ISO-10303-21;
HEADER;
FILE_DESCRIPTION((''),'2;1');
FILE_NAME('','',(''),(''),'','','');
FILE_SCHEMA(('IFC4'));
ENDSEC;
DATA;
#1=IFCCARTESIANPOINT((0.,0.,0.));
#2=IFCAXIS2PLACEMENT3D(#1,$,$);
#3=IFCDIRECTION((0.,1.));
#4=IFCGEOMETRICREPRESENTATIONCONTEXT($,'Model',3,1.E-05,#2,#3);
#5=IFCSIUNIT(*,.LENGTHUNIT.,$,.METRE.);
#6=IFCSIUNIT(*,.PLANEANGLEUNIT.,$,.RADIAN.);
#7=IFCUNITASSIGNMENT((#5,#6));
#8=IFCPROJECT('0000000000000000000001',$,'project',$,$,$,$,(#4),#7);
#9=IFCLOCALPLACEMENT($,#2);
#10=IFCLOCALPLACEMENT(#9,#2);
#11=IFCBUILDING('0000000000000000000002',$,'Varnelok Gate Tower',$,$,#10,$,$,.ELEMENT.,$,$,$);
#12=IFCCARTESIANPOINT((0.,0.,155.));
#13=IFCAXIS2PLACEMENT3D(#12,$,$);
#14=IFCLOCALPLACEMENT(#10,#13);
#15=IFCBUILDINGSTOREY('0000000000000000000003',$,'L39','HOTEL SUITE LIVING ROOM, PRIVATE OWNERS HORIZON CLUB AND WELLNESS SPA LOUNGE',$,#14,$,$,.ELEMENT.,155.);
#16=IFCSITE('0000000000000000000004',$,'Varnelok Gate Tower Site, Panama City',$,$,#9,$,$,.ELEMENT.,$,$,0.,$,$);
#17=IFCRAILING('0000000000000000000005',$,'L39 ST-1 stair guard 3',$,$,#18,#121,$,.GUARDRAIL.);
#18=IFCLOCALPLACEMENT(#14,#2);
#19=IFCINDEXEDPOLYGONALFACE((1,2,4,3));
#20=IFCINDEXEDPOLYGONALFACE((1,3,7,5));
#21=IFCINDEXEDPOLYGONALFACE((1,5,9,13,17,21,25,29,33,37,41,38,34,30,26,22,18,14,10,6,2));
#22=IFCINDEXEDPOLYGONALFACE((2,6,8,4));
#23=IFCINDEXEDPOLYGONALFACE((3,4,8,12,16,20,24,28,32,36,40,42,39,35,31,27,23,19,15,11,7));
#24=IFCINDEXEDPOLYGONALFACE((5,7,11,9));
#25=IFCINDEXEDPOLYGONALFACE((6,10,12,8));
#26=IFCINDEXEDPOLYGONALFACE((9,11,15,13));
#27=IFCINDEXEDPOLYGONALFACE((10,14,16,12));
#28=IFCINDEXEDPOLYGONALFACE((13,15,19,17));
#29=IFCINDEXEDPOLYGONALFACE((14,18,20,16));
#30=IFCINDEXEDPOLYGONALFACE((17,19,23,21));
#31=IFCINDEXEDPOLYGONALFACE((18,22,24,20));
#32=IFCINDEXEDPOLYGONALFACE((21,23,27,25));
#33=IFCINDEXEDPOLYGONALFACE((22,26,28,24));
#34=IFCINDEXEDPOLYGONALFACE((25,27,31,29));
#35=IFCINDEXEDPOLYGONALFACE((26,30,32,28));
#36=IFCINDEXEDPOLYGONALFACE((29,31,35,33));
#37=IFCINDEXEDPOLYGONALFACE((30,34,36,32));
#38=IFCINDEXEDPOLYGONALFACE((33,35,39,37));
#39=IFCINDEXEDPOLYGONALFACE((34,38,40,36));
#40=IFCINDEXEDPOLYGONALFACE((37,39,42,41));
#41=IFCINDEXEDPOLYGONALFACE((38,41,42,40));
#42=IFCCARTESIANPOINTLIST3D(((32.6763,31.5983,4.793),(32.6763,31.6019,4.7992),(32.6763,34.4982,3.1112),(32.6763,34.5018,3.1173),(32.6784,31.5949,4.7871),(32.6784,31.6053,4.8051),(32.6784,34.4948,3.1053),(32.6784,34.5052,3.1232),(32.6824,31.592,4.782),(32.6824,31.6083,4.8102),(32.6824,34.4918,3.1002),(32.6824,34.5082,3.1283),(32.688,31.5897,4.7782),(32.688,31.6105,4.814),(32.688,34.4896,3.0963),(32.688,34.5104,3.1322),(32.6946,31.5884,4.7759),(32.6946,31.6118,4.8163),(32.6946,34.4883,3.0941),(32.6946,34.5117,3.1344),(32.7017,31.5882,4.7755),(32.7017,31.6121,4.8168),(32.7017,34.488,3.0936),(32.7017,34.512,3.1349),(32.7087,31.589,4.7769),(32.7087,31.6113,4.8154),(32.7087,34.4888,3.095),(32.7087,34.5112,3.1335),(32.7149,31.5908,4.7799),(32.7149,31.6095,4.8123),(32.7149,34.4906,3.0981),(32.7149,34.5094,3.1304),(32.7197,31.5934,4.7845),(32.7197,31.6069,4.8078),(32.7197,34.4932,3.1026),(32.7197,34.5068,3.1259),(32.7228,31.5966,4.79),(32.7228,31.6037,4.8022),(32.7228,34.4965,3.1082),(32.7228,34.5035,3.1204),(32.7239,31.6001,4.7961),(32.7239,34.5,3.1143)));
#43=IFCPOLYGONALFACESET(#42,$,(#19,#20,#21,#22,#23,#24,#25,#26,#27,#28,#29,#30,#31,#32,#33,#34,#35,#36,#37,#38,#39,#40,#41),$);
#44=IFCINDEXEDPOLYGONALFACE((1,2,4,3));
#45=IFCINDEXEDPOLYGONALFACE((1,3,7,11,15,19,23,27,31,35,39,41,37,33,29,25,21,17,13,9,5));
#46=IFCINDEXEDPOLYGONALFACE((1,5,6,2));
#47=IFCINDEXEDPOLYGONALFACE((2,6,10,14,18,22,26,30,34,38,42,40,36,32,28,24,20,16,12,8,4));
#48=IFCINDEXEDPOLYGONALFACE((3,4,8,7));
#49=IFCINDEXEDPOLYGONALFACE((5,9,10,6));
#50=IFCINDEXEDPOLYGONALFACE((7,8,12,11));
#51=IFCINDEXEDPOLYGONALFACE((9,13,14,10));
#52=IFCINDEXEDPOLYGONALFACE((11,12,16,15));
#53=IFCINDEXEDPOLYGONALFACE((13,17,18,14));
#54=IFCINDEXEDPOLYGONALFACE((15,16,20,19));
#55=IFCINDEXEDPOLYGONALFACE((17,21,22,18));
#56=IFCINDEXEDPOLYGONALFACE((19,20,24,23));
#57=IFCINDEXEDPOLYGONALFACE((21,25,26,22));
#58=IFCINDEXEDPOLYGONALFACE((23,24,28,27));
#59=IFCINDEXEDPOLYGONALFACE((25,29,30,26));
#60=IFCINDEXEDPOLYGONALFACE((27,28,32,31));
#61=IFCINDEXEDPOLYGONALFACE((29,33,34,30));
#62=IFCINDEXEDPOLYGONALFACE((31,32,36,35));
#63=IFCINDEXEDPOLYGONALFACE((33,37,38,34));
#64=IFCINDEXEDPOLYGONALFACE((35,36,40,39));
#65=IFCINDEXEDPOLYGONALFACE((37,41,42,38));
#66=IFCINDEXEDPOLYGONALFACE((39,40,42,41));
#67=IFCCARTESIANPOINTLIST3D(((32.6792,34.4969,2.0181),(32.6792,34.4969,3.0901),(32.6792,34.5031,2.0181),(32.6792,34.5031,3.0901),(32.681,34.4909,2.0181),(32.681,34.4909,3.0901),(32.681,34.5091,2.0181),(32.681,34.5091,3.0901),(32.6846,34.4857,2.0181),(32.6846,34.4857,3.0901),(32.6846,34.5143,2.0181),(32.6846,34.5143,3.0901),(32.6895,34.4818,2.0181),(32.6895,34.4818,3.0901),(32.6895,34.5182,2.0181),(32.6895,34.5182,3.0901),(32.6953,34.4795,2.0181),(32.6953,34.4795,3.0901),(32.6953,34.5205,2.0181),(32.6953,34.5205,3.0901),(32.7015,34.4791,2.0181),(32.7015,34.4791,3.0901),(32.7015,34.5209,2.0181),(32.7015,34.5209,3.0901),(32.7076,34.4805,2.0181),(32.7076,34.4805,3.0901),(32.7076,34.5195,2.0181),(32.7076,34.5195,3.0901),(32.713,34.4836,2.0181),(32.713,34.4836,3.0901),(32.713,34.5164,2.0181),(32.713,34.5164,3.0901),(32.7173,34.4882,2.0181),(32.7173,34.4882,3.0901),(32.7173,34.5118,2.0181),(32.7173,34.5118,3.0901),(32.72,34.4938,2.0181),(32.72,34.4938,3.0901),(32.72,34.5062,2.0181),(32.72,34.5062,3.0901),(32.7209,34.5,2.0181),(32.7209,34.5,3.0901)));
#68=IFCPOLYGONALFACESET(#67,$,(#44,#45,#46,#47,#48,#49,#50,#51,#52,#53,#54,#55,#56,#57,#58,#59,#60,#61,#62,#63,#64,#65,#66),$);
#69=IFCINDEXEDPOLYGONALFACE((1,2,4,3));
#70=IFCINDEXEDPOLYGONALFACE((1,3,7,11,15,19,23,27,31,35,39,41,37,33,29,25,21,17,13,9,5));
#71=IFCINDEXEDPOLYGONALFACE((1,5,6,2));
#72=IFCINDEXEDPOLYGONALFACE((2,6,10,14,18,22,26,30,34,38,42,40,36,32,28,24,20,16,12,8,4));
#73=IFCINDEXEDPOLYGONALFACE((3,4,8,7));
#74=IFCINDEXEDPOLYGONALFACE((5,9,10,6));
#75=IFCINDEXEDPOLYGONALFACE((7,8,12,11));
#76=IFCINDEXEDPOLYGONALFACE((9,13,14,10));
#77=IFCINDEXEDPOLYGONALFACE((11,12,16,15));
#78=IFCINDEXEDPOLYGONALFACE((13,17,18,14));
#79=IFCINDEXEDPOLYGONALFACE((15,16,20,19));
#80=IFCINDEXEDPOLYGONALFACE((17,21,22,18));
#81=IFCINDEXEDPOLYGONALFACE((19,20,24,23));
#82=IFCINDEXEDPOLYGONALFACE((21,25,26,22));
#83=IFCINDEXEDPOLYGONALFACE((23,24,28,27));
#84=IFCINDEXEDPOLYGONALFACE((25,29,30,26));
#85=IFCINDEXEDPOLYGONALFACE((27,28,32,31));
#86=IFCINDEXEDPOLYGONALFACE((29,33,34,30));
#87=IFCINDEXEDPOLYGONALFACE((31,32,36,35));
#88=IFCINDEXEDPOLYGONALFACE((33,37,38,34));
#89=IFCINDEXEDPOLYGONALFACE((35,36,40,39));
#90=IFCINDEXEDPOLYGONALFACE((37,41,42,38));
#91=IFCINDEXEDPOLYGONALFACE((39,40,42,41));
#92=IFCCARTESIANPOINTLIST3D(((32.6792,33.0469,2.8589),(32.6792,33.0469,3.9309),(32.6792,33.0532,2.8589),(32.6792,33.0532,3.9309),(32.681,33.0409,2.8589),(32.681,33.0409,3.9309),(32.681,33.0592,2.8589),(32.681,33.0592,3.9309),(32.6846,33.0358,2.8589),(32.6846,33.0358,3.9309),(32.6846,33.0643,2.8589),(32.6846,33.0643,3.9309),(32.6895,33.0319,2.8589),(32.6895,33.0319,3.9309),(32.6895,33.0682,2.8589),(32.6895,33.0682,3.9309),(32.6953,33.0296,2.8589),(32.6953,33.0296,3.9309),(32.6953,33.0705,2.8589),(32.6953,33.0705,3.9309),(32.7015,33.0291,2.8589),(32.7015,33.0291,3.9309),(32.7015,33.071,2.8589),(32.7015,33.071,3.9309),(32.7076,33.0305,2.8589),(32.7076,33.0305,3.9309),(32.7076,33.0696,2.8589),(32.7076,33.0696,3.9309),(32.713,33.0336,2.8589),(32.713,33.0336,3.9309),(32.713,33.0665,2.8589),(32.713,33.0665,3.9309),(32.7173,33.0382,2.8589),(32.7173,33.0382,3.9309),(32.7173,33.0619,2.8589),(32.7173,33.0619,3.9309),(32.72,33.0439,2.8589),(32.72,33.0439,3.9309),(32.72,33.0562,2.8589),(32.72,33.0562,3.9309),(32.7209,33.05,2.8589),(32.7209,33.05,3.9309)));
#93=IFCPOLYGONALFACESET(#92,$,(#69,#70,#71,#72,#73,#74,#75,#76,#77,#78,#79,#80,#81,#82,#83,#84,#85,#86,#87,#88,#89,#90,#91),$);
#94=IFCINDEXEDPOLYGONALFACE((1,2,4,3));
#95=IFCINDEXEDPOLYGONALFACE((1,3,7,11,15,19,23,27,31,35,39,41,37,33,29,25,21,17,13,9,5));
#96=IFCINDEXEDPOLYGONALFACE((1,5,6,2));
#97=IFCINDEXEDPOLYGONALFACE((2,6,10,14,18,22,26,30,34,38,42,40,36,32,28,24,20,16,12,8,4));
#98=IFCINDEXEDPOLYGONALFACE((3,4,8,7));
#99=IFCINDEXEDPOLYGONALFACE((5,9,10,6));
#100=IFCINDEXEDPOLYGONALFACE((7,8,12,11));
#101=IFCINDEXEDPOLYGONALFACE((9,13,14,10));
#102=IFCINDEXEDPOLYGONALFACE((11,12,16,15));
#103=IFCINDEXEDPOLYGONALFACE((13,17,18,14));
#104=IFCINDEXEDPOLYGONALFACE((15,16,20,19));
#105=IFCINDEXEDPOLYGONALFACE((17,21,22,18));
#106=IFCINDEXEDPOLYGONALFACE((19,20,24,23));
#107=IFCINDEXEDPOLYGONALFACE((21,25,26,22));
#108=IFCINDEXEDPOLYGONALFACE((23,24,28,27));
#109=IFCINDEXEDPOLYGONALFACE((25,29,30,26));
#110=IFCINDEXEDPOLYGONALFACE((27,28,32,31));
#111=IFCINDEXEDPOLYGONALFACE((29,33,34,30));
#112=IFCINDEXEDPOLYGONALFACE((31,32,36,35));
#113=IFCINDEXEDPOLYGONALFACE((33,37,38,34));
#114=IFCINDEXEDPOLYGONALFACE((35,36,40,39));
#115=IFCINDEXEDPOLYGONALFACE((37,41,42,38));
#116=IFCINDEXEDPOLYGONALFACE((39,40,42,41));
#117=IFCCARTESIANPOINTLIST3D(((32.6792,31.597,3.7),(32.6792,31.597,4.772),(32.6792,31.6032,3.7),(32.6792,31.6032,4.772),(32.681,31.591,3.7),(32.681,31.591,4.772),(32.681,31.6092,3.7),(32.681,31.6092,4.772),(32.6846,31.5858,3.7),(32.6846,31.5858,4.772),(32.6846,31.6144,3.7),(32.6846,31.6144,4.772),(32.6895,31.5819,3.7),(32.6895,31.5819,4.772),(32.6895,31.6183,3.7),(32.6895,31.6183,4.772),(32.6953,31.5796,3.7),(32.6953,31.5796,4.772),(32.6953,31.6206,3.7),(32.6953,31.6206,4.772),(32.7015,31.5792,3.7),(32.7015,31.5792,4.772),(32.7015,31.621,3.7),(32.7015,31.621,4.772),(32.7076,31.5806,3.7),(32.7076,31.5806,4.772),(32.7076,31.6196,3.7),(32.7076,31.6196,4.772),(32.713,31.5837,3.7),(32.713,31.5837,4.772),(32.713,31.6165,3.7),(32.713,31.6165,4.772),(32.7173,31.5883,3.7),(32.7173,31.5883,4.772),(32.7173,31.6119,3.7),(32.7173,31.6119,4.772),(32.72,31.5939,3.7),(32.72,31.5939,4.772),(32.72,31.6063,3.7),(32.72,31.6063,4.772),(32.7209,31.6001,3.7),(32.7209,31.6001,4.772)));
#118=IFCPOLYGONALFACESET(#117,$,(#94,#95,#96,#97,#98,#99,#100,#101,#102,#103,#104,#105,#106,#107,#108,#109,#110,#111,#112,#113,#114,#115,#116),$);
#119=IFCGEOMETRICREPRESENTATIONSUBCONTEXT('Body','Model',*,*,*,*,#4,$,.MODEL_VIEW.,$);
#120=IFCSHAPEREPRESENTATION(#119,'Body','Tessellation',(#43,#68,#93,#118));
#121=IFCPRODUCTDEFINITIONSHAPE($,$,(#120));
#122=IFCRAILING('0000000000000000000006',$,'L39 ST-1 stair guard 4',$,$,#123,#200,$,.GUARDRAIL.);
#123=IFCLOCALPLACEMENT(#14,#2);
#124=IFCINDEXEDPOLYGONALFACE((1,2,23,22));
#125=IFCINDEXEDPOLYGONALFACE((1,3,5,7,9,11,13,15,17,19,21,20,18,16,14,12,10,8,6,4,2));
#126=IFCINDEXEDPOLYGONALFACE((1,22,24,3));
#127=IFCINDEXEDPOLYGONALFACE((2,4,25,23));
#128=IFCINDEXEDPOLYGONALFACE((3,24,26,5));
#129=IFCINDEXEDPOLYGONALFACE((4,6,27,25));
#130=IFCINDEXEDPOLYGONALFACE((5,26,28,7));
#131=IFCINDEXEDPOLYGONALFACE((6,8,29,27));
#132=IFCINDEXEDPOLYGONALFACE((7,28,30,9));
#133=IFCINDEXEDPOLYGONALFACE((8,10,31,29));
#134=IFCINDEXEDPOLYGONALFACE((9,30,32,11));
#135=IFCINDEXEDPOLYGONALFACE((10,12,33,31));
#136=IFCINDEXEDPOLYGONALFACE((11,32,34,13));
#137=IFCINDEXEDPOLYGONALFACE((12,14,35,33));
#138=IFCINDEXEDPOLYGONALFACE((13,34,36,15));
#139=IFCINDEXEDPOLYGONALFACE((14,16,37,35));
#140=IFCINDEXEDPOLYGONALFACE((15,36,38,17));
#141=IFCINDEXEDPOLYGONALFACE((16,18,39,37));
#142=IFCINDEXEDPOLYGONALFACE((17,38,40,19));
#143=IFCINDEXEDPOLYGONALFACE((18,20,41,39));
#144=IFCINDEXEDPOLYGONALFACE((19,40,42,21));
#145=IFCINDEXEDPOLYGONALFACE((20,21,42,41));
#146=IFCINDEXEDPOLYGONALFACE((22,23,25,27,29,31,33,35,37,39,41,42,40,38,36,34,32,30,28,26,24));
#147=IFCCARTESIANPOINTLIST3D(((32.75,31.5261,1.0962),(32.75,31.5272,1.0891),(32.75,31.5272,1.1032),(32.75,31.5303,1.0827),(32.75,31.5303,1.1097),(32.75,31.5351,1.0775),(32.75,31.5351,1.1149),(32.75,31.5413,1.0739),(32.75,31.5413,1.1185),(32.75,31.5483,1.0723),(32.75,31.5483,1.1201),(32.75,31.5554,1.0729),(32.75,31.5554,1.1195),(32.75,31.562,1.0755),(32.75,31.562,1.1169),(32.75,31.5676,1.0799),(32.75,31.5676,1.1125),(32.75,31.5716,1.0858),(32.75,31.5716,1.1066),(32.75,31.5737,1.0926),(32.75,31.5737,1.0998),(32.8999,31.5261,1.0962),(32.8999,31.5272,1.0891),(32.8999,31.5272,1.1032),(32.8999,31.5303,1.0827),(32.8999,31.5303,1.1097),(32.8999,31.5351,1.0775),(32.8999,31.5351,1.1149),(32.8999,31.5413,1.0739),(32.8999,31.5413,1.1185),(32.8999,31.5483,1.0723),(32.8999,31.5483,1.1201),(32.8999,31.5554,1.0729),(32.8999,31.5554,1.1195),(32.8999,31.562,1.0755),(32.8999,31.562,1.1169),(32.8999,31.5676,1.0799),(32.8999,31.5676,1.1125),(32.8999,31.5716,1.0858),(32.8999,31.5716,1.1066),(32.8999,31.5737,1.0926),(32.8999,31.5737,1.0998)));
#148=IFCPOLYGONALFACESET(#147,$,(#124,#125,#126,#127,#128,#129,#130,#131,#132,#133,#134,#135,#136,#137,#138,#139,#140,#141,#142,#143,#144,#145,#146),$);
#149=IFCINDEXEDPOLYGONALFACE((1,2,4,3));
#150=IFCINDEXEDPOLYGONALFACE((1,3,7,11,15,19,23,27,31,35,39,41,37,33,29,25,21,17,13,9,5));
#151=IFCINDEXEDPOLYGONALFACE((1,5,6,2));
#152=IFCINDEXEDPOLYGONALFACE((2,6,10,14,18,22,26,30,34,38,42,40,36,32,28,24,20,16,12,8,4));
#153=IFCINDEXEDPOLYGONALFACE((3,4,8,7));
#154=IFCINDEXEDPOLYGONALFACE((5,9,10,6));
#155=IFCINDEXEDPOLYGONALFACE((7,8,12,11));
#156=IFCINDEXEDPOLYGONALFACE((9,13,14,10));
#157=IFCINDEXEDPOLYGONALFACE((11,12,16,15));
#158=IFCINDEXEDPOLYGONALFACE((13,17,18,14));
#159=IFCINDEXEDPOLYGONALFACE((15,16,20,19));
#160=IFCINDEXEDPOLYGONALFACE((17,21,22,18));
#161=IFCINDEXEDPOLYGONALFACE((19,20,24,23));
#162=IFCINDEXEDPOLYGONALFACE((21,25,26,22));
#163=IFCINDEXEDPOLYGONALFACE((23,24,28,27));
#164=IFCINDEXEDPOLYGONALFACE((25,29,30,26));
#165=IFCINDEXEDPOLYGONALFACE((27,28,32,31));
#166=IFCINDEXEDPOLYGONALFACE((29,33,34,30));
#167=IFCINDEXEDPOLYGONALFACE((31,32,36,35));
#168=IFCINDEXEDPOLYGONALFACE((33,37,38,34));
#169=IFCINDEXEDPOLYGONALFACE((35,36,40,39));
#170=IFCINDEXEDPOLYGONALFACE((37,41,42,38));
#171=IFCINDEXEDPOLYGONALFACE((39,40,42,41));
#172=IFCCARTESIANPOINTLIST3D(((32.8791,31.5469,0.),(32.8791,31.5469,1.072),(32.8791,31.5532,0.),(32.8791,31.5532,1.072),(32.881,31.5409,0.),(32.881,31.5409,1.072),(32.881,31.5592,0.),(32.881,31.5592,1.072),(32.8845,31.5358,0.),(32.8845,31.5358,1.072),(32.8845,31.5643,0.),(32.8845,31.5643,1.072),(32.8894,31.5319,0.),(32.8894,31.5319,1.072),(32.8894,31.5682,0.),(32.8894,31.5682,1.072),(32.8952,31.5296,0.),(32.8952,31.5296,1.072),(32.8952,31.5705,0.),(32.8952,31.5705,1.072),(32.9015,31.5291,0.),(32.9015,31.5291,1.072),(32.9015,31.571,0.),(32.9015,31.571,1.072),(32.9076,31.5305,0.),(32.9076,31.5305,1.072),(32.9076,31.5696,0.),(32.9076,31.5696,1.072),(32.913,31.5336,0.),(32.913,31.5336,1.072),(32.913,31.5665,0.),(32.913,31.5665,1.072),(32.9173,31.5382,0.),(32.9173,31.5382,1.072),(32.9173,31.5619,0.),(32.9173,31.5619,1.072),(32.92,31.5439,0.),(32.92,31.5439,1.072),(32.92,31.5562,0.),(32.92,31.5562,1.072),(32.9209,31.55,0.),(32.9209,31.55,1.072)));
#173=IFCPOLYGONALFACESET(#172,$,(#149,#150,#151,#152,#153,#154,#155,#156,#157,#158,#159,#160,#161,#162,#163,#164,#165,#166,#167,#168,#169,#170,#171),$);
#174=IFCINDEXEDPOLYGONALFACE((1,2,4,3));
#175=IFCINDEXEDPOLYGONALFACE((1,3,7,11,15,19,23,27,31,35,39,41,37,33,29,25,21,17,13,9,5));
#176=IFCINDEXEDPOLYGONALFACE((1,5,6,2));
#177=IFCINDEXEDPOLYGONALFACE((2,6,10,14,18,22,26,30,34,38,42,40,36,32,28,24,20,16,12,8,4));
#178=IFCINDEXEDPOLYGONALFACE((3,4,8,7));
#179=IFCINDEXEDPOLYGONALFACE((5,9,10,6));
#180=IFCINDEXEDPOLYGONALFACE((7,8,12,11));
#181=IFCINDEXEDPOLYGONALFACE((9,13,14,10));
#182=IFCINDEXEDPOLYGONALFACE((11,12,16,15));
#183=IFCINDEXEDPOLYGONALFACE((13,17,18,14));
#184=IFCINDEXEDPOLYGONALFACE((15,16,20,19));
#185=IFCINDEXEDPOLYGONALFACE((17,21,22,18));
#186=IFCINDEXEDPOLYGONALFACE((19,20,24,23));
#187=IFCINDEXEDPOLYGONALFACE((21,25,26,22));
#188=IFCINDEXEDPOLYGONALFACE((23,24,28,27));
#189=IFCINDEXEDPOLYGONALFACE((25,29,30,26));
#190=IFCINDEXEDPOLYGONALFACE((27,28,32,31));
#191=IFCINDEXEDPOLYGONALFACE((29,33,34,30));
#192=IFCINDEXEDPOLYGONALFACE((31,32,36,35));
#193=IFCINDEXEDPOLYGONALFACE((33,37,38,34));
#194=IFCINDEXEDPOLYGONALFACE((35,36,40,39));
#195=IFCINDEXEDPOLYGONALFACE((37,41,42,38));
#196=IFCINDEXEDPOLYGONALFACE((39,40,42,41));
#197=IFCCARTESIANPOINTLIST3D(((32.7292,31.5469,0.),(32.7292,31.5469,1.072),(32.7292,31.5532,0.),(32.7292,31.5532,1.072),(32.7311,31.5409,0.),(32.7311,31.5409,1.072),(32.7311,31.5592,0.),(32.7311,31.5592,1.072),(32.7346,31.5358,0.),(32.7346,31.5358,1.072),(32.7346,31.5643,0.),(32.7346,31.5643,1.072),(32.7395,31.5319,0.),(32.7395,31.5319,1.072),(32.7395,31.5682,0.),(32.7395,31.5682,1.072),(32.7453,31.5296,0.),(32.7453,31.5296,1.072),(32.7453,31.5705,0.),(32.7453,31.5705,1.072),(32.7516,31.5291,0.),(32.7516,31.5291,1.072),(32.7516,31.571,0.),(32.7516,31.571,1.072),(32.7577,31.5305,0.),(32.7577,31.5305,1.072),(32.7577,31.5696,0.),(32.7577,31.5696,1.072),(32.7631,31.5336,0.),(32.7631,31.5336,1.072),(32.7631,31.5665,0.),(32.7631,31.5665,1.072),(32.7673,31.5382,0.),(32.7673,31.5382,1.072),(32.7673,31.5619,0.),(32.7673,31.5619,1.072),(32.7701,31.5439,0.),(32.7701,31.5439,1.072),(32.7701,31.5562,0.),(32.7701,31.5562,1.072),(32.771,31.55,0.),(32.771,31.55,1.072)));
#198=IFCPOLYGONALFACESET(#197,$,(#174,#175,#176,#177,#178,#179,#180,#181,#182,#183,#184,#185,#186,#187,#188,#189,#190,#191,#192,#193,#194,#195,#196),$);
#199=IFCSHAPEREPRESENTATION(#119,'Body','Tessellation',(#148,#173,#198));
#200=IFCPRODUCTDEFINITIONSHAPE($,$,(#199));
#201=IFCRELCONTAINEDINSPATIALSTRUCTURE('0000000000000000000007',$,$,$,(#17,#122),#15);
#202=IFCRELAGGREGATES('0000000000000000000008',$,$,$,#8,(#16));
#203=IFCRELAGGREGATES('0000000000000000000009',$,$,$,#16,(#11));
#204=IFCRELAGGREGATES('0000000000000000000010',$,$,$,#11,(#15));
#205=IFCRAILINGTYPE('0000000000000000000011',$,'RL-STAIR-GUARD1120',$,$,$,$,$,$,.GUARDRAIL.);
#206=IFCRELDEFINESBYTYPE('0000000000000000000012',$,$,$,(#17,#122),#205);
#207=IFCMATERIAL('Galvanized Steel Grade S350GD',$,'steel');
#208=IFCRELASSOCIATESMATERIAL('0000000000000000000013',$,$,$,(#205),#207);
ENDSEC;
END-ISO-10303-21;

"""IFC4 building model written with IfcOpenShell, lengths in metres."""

from ifc_helpers import new_model, si_unit, direction, frame, origin, origin_2d, place, context, subcontext, project, spatial, circle, extrude, material, type_object, element, save


model = new_model("IFC4")

# Units and contexts
model_context = context("Model", 3, precision=1e-05, world=origin(), true_north=direction((0.0, 1.0)))
body_context = subcontext(model_context, "Body", "Model", "MODEL_VIEW")
ifc_project = project(units=[si_unit("LENGTHUNIT", "METRE"), si_unit("PLANEANGLEUNIT", "RADIAN")], contexts=[model_context])

# Site, building, storey
site_placement = place(None, origin())
site = spatial("IfcSite", under=ifc_project, at=site_placement, Name="Varnelok Gate Tower Site, Panama City", CompositionType="ELEMENT", RefElevation=0.0)
building_placement = place(site_placement, origin())
building = spatial("IfcBuilding", under=site, at=building_placement, Name="Varnelok Gate Tower", CompositionType="ELEMENT")
storey_placement = place(building_placement, frame((0.0, 0.0, 155.0)))
storey = spatial("IfcBuildingStorey", under=building, at=storey_placement, Name="L39", Description="HOTEL SUITE LIVING ROOM, PRIVATE OWNERS HORIZON CLUB AND WELLNESS SPA LOUNGE", CompositionType="ELEMENT", Elevation=155.0)

# Shared definitions
ifc_material_1 = material(Name="Galvanized Steel Grade S350GD", Category="steel")

# Railings
railing_type_1 = type_object("IfcRailingType", Name="RL-STAIR-GUARD1120", PredefinedType="GUARDRAIL", material=ifc_material_1)
railing_1_placement = place(storey_placement, frame((32.7, 34.5, 2.0181)))
element("IfcRailing", 1, at=railing_1_placement, inside=storey, type_object=railing_type_1, Name="L39 ST-1 stair guard 3", PredefinedType="GUARDRAIL", context=body_context, shape_type="SweptSolid", body=[
    extrude(circle(Radius=0.0239, at=origin_2d()), frame((0.0, 0.0, 1.0962), z_axis=(0.0, -0.865039, 0.501705), x_axis=(1.0, 0.0, 0.0)), (0.0, 0.0, 1.0), 3.3523),
    extrude(circle(Radius=0.021, at=origin_2d()), origin(), (0.0, 0.0, 1.0), 1.072),
    extrude(circle(Radius=0.021, at=origin_2d()), frame((0.0, -1.45, 0.8408)), (0.0, 0.0, 1.0), 1.072),
    extrude(circle(Radius=0.021, at=origin_2d()), frame((0.0, -2.8999, 1.6819)), (0.0, 0.0, 1.0), 1.072),
])
railing_2_placement = place(storey_placement, frame((32.8999, 31.55, 0.0)))
element("IfcRailing", 2, at=railing_2_placement, inside=storey, type_object=railing_type_1, Name="L39 ST-1 stair guard 4", PredefinedType="GUARDRAIL", context=body_context, shape_type="SweptSolid", body=[
    extrude(circle(Radius=0.0239, at=origin_2d()), frame((0.0, 0.0, 1.0962), z_axis=(-1.0, 0.0, 0.0), x_axis=(0.0, -1.0, 0.0)), (0.0, 0.0, 1.0), 0.1499),
    extrude(circle(Radius=0.021, at=origin_2d()), origin(), (0.0, 0.0, 1.0), 1.072),
    extrude(circle(Radius=0.021, at=origin_2d()), frame((-0.1499, 0.0, 0.0)), (0.0, 0.0, 1.0), 1.072),
])

save(model, "model.ifc")
